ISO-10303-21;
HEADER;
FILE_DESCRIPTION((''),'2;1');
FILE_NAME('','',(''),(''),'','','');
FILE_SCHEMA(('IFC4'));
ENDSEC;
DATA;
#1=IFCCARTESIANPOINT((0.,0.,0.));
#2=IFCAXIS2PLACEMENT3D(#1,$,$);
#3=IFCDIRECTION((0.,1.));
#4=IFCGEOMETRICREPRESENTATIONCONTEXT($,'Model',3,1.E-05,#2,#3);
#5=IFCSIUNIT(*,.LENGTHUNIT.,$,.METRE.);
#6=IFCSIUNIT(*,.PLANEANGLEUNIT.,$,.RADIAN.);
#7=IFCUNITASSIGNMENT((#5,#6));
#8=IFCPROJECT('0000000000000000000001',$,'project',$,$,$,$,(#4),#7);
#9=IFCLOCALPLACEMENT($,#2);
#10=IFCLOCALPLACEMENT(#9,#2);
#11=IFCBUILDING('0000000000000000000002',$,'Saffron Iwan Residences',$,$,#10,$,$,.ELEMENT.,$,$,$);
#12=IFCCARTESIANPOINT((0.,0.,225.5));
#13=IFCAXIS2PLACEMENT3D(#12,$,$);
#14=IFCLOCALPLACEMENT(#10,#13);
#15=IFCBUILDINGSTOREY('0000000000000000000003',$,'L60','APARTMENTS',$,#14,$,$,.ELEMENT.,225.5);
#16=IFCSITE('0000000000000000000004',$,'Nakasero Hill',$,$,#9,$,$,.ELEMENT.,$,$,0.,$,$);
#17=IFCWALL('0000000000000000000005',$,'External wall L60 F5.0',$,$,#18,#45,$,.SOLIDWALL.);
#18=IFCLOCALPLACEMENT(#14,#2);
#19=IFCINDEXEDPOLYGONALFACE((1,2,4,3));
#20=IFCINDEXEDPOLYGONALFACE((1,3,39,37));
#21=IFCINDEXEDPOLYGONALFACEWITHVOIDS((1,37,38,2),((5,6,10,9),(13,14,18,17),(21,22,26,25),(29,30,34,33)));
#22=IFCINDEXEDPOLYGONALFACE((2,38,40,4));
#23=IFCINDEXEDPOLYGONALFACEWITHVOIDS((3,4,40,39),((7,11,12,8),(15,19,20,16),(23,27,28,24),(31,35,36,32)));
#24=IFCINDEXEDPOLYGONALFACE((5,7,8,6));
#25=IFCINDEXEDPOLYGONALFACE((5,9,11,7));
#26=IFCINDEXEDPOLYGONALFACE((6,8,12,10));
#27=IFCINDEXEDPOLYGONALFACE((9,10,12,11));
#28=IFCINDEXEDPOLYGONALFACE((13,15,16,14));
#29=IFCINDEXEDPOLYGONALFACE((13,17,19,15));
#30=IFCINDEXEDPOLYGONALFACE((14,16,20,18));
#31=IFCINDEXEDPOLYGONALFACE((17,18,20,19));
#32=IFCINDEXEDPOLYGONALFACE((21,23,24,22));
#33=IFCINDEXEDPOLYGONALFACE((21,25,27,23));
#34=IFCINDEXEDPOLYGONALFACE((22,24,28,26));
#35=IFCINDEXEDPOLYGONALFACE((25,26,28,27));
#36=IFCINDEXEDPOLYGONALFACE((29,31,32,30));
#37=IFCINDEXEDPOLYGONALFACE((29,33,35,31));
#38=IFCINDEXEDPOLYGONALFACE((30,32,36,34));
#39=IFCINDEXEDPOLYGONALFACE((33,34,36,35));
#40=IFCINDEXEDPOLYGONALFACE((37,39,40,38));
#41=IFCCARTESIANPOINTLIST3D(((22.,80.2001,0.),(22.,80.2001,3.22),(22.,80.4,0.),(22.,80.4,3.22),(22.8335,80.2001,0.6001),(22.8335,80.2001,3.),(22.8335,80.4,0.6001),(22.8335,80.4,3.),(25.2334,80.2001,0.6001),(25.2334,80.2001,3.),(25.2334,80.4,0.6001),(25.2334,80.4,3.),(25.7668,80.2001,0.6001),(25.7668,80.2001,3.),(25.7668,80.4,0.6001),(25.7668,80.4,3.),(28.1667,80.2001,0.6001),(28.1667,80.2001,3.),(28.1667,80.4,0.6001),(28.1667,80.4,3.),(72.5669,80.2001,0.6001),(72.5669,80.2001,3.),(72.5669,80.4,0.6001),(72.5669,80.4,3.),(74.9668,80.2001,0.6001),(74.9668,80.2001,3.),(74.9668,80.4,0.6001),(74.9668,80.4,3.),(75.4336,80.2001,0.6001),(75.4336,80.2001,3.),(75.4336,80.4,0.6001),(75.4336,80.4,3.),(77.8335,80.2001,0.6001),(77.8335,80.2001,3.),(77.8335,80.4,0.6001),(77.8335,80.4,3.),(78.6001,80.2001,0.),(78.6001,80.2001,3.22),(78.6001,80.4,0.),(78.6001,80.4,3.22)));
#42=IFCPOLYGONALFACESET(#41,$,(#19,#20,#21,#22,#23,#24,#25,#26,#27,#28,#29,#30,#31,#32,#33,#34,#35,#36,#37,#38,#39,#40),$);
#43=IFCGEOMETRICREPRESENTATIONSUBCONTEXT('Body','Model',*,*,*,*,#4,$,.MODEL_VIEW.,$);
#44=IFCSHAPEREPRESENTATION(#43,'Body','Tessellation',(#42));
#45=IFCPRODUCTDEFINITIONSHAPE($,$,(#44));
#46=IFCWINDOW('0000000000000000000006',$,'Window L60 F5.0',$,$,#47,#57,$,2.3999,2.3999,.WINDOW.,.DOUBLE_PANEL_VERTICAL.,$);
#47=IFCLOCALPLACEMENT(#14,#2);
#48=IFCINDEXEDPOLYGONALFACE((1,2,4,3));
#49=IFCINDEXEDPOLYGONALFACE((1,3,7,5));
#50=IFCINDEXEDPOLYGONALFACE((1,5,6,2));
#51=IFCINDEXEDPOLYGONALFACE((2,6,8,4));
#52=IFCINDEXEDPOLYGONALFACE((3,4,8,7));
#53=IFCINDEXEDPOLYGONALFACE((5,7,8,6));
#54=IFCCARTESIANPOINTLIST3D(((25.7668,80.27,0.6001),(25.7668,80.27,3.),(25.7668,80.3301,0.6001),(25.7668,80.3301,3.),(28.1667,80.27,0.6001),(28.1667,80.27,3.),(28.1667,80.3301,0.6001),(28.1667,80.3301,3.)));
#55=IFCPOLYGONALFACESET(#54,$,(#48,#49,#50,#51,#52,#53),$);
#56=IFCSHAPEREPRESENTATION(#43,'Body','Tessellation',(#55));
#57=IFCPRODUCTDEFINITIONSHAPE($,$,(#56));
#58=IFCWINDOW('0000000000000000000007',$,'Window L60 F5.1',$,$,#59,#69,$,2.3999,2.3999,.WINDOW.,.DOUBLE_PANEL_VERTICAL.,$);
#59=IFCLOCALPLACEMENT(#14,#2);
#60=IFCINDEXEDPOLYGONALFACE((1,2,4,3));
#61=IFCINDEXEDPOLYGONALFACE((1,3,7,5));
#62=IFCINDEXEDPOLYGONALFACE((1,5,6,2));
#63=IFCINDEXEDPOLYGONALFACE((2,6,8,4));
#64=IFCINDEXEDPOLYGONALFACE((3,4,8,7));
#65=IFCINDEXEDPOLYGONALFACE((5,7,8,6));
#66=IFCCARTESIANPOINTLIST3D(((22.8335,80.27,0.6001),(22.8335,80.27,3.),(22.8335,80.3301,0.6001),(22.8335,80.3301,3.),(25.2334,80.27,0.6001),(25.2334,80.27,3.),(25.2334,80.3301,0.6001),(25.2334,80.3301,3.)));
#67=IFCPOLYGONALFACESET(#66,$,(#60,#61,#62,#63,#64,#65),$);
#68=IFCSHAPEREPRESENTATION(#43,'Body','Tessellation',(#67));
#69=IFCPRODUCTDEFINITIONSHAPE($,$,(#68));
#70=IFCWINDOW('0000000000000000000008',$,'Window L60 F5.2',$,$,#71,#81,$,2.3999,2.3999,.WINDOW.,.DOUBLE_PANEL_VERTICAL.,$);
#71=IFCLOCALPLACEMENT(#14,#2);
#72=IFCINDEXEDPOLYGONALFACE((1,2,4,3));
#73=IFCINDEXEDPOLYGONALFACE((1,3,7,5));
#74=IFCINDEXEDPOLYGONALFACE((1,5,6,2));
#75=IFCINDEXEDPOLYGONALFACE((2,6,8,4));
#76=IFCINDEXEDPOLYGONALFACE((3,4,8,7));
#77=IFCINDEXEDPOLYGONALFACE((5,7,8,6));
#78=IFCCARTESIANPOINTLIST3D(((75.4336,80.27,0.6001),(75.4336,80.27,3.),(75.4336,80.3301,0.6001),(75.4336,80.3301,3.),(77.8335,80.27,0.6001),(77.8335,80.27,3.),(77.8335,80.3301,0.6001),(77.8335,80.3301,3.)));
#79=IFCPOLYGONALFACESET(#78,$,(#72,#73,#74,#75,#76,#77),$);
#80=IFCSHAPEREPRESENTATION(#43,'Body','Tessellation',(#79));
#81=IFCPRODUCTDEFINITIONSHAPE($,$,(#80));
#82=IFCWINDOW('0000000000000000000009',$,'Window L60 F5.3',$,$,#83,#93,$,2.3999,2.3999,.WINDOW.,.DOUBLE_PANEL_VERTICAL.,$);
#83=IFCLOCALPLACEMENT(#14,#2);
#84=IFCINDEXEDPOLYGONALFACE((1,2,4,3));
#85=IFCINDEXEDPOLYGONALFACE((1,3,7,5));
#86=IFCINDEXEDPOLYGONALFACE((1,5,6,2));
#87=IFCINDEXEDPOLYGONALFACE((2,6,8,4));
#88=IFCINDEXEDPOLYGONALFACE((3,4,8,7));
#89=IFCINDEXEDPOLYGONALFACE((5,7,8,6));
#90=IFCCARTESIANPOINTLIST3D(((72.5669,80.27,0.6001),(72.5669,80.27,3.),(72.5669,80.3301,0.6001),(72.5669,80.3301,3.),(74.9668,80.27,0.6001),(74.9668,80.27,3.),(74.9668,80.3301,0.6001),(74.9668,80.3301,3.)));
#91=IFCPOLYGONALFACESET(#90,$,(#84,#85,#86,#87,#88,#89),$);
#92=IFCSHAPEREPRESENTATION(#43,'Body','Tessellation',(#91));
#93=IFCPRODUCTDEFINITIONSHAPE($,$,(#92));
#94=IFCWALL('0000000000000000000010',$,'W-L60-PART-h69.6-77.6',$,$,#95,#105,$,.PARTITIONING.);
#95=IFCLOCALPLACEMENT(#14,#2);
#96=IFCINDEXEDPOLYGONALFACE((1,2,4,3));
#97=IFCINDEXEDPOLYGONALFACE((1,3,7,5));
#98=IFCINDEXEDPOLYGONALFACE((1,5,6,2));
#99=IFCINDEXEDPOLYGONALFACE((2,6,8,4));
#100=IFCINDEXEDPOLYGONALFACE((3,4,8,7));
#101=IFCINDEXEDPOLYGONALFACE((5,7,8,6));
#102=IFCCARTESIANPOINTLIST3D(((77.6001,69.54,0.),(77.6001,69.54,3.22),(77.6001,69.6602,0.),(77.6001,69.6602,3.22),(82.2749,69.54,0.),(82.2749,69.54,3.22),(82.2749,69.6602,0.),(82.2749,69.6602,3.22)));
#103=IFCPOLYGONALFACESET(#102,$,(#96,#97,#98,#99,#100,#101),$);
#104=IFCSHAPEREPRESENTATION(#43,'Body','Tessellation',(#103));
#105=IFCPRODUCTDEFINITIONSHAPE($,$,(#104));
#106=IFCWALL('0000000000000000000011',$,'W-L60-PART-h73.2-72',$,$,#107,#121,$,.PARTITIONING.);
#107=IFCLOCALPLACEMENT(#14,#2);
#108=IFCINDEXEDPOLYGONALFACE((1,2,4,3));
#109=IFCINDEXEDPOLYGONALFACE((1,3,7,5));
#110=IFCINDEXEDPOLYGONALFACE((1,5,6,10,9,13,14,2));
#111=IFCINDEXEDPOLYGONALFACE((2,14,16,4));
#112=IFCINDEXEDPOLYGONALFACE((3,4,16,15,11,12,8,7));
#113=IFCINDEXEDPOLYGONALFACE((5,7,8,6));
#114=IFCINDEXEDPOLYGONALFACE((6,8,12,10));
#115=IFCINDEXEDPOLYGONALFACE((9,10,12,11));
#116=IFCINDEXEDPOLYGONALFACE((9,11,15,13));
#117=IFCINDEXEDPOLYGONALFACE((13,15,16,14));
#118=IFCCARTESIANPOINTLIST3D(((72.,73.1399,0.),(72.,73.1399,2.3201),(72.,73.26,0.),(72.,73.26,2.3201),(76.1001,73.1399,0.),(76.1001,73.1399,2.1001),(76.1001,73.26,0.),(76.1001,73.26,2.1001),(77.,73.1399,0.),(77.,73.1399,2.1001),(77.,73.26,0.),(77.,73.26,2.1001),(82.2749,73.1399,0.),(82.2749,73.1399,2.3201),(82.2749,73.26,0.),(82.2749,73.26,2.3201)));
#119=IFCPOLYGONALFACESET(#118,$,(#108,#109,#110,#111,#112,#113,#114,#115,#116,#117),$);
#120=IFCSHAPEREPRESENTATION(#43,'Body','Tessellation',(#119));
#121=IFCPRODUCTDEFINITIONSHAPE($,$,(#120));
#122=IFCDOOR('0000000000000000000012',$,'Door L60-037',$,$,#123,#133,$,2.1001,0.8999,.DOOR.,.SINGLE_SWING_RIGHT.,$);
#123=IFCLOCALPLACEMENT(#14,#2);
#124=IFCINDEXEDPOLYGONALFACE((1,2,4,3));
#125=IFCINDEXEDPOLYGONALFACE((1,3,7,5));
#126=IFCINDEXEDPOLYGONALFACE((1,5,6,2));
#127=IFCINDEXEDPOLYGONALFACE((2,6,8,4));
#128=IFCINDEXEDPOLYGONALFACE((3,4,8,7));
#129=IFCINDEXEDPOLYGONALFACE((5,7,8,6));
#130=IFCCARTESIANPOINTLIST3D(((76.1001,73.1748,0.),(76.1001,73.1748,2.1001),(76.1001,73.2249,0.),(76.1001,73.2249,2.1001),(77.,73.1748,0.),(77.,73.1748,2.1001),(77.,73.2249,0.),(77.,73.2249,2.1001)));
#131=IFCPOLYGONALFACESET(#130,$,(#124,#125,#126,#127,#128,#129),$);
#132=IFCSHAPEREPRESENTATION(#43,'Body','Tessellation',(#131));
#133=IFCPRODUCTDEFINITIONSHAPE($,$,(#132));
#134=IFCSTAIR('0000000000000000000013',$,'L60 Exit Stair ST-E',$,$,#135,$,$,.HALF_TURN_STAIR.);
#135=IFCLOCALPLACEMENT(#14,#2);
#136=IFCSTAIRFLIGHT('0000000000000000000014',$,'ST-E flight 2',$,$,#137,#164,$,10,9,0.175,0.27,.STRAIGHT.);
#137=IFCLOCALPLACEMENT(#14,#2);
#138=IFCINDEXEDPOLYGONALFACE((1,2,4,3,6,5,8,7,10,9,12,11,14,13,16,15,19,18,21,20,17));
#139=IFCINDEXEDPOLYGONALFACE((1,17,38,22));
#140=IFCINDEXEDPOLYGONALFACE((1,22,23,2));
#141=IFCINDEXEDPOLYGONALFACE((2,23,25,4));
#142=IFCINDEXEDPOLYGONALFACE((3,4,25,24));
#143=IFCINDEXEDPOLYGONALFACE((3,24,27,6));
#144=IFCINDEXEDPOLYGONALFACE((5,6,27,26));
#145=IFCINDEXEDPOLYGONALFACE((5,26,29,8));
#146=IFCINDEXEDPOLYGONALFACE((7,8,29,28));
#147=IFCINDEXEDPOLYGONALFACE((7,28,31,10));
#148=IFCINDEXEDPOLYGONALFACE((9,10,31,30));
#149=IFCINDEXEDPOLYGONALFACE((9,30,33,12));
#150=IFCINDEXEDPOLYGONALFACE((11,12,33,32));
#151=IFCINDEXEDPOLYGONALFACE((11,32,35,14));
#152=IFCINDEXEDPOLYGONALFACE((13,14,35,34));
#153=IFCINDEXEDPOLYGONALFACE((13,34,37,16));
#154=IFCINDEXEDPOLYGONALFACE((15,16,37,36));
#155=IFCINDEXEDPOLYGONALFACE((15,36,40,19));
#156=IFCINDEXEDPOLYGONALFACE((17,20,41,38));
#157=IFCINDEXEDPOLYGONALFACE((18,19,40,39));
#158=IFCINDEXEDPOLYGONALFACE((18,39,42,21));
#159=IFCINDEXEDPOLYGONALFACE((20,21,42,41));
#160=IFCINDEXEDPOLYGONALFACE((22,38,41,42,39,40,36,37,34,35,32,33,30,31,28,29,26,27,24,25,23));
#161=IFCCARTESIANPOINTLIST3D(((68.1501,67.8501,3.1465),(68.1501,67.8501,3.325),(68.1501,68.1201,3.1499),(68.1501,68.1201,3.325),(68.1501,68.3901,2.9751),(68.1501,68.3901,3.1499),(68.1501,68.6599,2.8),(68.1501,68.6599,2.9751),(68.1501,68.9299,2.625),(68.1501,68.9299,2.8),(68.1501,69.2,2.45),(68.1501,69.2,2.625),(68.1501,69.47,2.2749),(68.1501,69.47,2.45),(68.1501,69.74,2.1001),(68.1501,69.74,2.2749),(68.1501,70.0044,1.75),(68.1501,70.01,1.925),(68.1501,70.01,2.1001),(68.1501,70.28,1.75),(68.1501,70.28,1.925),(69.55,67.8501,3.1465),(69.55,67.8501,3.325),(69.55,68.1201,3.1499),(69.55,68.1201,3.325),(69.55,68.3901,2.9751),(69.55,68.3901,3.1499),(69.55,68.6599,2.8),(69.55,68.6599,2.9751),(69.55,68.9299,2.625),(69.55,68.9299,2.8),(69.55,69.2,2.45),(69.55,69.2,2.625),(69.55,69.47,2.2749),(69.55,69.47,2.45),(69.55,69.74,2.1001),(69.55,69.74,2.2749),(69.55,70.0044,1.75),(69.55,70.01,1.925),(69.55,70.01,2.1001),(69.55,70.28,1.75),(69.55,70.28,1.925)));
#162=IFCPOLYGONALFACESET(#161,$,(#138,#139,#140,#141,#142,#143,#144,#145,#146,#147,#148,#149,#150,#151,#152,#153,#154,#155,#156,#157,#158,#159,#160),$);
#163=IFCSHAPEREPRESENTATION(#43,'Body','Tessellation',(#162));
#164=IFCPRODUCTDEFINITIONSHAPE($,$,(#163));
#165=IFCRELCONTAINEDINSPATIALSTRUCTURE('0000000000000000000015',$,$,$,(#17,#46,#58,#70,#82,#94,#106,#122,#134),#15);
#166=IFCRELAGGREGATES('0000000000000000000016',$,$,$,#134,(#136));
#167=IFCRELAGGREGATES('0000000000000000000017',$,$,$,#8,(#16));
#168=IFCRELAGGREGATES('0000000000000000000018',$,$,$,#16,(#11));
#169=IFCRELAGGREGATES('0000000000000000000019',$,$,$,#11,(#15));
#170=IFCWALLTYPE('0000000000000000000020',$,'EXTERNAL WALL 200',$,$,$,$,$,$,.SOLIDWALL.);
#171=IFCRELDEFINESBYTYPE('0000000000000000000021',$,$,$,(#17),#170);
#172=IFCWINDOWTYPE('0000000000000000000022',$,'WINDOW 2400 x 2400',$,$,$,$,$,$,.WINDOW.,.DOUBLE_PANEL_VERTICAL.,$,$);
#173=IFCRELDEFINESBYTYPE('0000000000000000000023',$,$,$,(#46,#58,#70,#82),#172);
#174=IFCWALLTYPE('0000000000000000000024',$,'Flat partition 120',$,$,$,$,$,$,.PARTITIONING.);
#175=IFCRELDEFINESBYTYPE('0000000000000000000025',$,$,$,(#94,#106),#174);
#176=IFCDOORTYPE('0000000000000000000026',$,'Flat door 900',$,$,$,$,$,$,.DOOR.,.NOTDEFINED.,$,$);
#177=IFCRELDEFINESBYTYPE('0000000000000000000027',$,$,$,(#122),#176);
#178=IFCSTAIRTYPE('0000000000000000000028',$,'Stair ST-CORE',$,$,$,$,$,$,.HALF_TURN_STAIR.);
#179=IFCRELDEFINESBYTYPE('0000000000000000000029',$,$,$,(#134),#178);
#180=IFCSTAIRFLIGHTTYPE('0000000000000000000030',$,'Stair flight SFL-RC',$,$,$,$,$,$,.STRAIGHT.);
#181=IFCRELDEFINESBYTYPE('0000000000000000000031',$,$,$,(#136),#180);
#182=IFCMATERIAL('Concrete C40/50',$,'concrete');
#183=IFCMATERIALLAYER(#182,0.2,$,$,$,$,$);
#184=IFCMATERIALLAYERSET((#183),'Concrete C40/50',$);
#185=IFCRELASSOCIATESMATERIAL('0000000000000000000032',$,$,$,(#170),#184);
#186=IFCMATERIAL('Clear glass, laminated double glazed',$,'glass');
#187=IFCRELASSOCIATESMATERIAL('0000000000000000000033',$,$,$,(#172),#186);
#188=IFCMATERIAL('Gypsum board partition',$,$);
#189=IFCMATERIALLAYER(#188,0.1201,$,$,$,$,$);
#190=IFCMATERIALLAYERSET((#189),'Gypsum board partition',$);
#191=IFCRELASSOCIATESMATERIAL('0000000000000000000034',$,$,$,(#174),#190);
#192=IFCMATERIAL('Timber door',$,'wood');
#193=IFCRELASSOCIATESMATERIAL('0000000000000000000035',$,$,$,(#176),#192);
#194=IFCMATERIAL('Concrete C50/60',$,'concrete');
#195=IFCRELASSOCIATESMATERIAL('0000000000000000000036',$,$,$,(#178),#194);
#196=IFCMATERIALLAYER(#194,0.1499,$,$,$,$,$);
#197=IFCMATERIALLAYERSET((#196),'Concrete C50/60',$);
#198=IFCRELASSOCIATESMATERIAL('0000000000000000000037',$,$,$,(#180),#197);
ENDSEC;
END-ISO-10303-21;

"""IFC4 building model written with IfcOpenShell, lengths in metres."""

from ifc_helpers import new_model, si_unit, direction, frame, frame_2d, origin, place, context, subcontext, project, spatial, polyline, rectangle, outline, extrude, material, layer, layer_set, type_object, element, fill, aggregate, save


model = new_model("IFC4")

# Units and contexts
model_context = context("Model", 3, precision=1e-05, world=origin(), true_north=direction((0.0, 1.0)))
body_context = subcontext(model_context, "Body", "Model", "MODEL_VIEW")
ifc_project = project(units=[si_unit("LENGTHUNIT", "METRE"), si_unit("PLANEANGLEUNIT", "RADIAN")], contexts=[model_context])

# Site, building, storey
site_placement = place(None, origin())
site = spatial("IfcSite", under=ifc_project, at=site_placement, Name="Nakasero Hill", CompositionType="ELEMENT", RefElevation=0.0)
building_placement = place(site_placement, origin())
building = spatial("IfcBuilding", under=site, at=building_placement, Name="Saffron Iwan Residences", CompositionType="ELEMENT")
storey_placement = place(building_placement, frame((0.0, 0.0, 225.5)))
storey = spatial("IfcBuildingStorey", under=building, at=storey_placement, Name="L60", Description="APARTMENTS", CompositionType="ELEMENT", Elevation=225.5)

# Shared definitions
ifc_material_1 = material(Name="Concrete C40/50", Category="concrete")

# Shared definitions
ifc_layer_1 = layer(ifc_material_1, 0.2)
ifc_layer_set_1 = layer_set([ifc_layer_1], Name="Concrete C40/50")
wall_type_1 = type_object("IfcWallType", Name="EXTERNAL WALL 200", PredefinedType="SOLIDWALL", material=ifc_layer_set_1)
ifc_material_2 = material(Name="Clear glass, laminated double glazed", Category="glass")
window_type_1 = type_object("IfcWindowType", Name="WINDOW 2400 x 2400", PartitioningType="DOUBLE_PANEL_VERTICAL", PredefinedType="WINDOW", material=ifc_material_2)

# Wall, openings, windows
wall_1_placement = place(storey_placement, frame((78.6001, 80.3, 0.0), z_axis=(0.0, 0.0, 1.0), x_axis=(-1.0, 0.0, 0.0)))
wall_1 = element("IfcWall", 1, at=wall_1_placement, inside=storey, type_object=wall_type_1, Name="External wall L60 F5.0", PredefinedType="SOLIDWALL", context=body_context, shape_type="SweptSolid", body=[
    extrude(rectangle(XDim=56.6001, YDim=0.2, at=frame_2d((28.3, 0.0))), origin(), (0.0, 0.0, 1.0), 3.22),
])
opening_1_placement = place(wall_1_placement, frame((50.4333, 0.0, 0.6001)))
opening_1 = element("IfcOpeningElement", 2, at=opening_1_placement, cuts=wall_1, PredefinedType="OPENING", context=body_context, shape_type="SweptSolid", body=[
    extrude(rectangle(XDim=2.3999, YDim=2.3999, at=frame_2d((1.2, 1.2))), frame((0.0, 0.1099, 0.0), z_axis=(0.0, -1.0, 0.0), x_axis=(1.0, 0.0, 0.0)), (0.0, 0.0, 1.0), 0.22),
])
opening_2_placement = place(wall_1_placement, frame((53.3667, 0.0, 0.6001)))
opening_2 = element("IfcOpeningElement", 3, at=opening_2_placement, cuts=wall_1, PredefinedType="OPENING", context=body_context, shape_type="SweptSolid", body=[
    extrude(rectangle(XDim=2.3999, YDim=2.3999, at=frame_2d((1.2, 1.2))), frame((0.0, 0.1099, 0.0), z_axis=(0.0, -1.0, 0.0), x_axis=(1.0, 0.0, 0.0)), (0.0, 0.0, 1.0), 0.22),
])
opening_3_placement = place(wall_1_placement, frame((0.7666, 0.0, 0.6001)))
opening_3 = element("IfcOpeningElement", 4, at=opening_3_placement, cuts=wall_1, PredefinedType="OPENING", context=body_context, shape_type="SweptSolid", body=[
    extrude(rectangle(XDim=2.3999, YDim=2.3999, at=frame_2d((1.2, 1.2))), frame((0.0, 0.1099, 0.0), z_axis=(0.0, -1.0, 0.0), x_axis=(1.0, 0.0, 0.0)), (0.0, 0.0, 1.0), 0.22),
])
opening_4_placement = place(wall_1_placement, frame((3.6333, 0.0, 0.6001)))
opening_4 = element("IfcOpeningElement", 5, at=opening_4_placement, cuts=wall_1, PredefinedType="OPENING", context=body_context, shape_type="SweptSolid", body=[
    extrude(rectangle(XDim=2.3999, YDim=2.3999, at=frame_2d((1.2, 1.2))), frame((0.0, 0.1099, 0.0), z_axis=(0.0, -1.0, 0.0), x_axis=(1.0, 0.0, 0.0)), (0.0, 0.0, 1.0), 0.22),
])
window_1_placement = place(opening_1_placement, origin())
window_1 = element("IfcWindow", 6, at=window_1_placement, inside=storey, type_object=window_type_1, Name="Window L60 F5.0", OverallHeight=2.3999, OverallWidth=2.3999, PartitioningType="DOUBLE_PANEL_VERTICAL", PredefinedType="WINDOW", context=body_context, shape_type="SweptSolid", body=[
    extrude(rectangle(XDim=2.3999, YDim=2.3999, at=frame_2d((1.2, 1.2))), frame((0.0, 0.03, 0.0), z_axis=(0.0, -1.0, 0.0), x_axis=(1.0, 0.0, 0.0)), (0.0, 0.0, 1.0), 0.0601),
])
fill(opening_1, window_1)
window_2_placement = place(opening_2_placement, origin())
window_2 = element("IfcWindow", 7, at=window_2_placement, inside=storey, type_object=window_type_1, Name="Window L60 F5.1", OverallHeight=2.3999, OverallWidth=2.3999, PartitioningType="DOUBLE_PANEL_VERTICAL", PredefinedType="WINDOW", context=body_context, shape_type="SweptSolid", body=[
    extrude(rectangle(XDim=2.3999, YDim=2.3999, at=frame_2d((1.2, 1.2))), frame((0.0, 0.03, 0.0), z_axis=(0.0, -1.0, 0.0), x_axis=(1.0, 0.0, 0.0)), (0.0, 0.0, 1.0), 0.0601),
])
fill(opening_2, window_2)
window_3_placement = place(opening_3_placement, origin())
window_3 = element("IfcWindow", 8, at=window_3_placement, inside=storey, type_object=window_type_1, Name="Window L60 F5.2", OverallHeight=2.3999, OverallWidth=2.3999, PartitioningType="DOUBLE_PANEL_VERTICAL", PredefinedType="WINDOW", context=body_context, shape_type="SweptSolid", body=[
    extrude(rectangle(XDim=2.3999, YDim=2.3999, at=frame_2d((1.2, 1.2))), frame((0.0, 0.03, 0.0), z_axis=(0.0, -1.0, 0.0), x_axis=(1.0, 0.0, 0.0)), (0.0, 0.0, 1.0), 0.0601),
])
fill(opening_3, window_3)
window_4_placement = place(opening_4_placement, origin())
window_4 = element("IfcWindow", 9, at=window_4_placement, inside=storey, type_object=window_type_1, Name="Window L60 F5.3", OverallHeight=2.3999, OverallWidth=2.3999, PartitioningType="DOUBLE_PANEL_VERTICAL", PredefinedType="WINDOW", context=body_context, shape_type="SweptSolid", body=[
    extrude(rectangle(XDim=2.3999, YDim=2.3999, at=frame_2d((1.2, 1.2))), frame((0.0, 0.03, 0.0), z_axis=(0.0, -1.0, 0.0), x_axis=(1.0, 0.0, 0.0)), (0.0, 0.0, 1.0), 0.0601),
])
fill(opening_4, window_4)

# Wall
ifc_material_3 = material(Name="Gypsum board partition")
ifc_layer_2 = layer(ifc_material_3, 0.1201)
ifc_layer_set_2 = layer_set([ifc_layer_2], Name="Gypsum board partition")
wall_type_2 = type_object("IfcWallType", Name="Flat partition 120", PredefinedType="PARTITIONING", material=ifc_layer_set_2)
wall_2_placement = place(storey_placement, frame((77.6001, 69.6001, 0.0), z_axis=(0.0, 0.0, 1.0), x_axis=(1.0, 0.0, 0.0)))
element("IfcWall", 10, at=wall_2_placement, inside=storey, type_object=wall_type_2, Name="W-L60-PART-h69.6-77.6", PredefinedType="PARTITIONING", context=body_context, shape_type="SweptSolid", body=[
    extrude(rectangle(XDim=4.6748, YDim=0.1201, at=frame_2d((2.3374, 0.0))), origin(), (0.0, 0.0, 1.0), 3.22),
])

# Wall, opening, door
wall_3_placement = place(storey_placement, frame((72.0, 73.2, 0.0), z_axis=(0.0, 0.0, 1.0), x_axis=(1.0, 0.0, 0.0)))
wall_3 = element("IfcWall", 11, at=wall_3_placement, inside=storey, type_object=wall_type_2, Name="W-L60-PART-h73.2-72", PredefinedType="PARTITIONING", context=body_context, shape_type="SweptSolid", body=[
    extrude(rectangle(XDim=10.2749, YDim=0.1201, at=frame_2d((5.1375, 0.0))), origin(), (0.0, 0.0, 1.0), 2.3201),
])
opening_5_placement = place(wall_3_placement, frame((4.1001, 0.0, 0.0)))
opening_5 = element("IfcOpeningElement", 12, at=opening_5_placement, cuts=wall_3, PredefinedType="OPENING", context=body_context, shape_type="SweptSolid", body=[
    extrude(rectangle(XDim=0.8999, YDim=2.1001, at=frame_2d((0.45, 1.05))), frame((0.0, 0.0701, 0.0), z_axis=(0.0, -1.0, 0.0), x_axis=(1.0, 0.0, 0.0)), (0.0, 0.0, 1.0), 0.1401),
])
ifc_material_4 = material(Name="Timber door", Category="wood")
door_type = type_object("IfcDoorType", Name="Flat door 900", OperationType="NOTDEFINED", PredefinedType="DOOR", material=ifc_material_4)
door_placement = place(opening_5_placement, origin())
door = element("IfcDoor", 13, at=door_placement, inside=storey, type_object=door_type, Name="Door L60-037", OperationType="SINGLE_SWING_RIGHT", OverallHeight=2.1001, OverallWidth=0.8999, PredefinedType="DOOR", context=body_context, shape_type="SweptSolid", body=[
    extrude(rectangle(XDim=0.8999, YDim=2.1001, at=frame_2d((0.45, 1.05))), frame((0.0, 0.0249, 0.0), z_axis=(0.0, -1.0, 0.0), x_axis=(1.0, 0.0, 0.0)), (0.0, 0.0, 1.0), 0.05),
])
fill(opening_5, door)

# Stair, stair flight
ifc_material_5 = material(Name="Concrete C50/60", Category="concrete")
stair_type = type_object("IfcStairType", Name="Stair ST-CORE", PredefinedType="HALF_TURN_STAIR", material=ifc_material_5)
stair_placement = place(storey_placement, origin())
stair = element("IfcStair", 14, at=stair_placement, inside=storey, type_object=stair_type, Name="L60 Exit Stair ST-E", PredefinedType="HALF_TURN_STAIR")
ifc_layer_3 = layer(ifc_material_5, 0.1499)
ifc_layer_set_3 = layer_set([ifc_layer_3], Name="Concrete C50/60")
stair_flight_type = type_object("IfcStairFlightType", Name="Stair flight SFL-RC", PredefinedType="STRAIGHT", material=ifc_layer_set_3)
stair_flight_placement = place(storey_placement, frame((68.8501, 70.28, 1.75), z_axis=(0.0, 0.0, 1.0), x_axis=(0.0, -1.0, 0.0)))
stair_flight = element("IfcStairFlight", 15, at=stair_flight_placement, type_object=stair_flight_type, Name="ST-E flight 2", NumberOfRisers=10, NumberOfTreads=9, PredefinedType="STRAIGHT", RiserHeight=0.175, TreadLength=0.27, context=body_context, shape_type="SweptSolid", body=[
    extrude(outline(polyline([(0.0, 0.0), (0.0, 0.175), (0.27, 0.175), (0.27, 0.3501), (0.54, 0.3501), (0.54, 0.5249), (0.8101, 0.5249), (0.8101, 0.7), (1.0801, 0.7), (1.0801, 0.875), (1.3501, 0.875), (1.3501, 1.05), (1.6201, 1.05), (1.6201, 1.2251), (1.8899, 1.2251), (1.8899, 1.3999), (2.1599, 1.3999), (2.1599, 1.575), (2.4299, 1.575), (2.4299, 1.75), (2.4299, 1.3965), (0.2756, 0.0), (0.0, 0.0)])), frame((0.0, 0.7, 0.0), z_axis=(0.0, -1.0, 0.0), x_axis=(1.0, 0.0, 0.0)), (0.0, 0.0, 1.0), 1.3999),
])
aggregate(stair, [stair_flight])

save(model, "model.ifc")
